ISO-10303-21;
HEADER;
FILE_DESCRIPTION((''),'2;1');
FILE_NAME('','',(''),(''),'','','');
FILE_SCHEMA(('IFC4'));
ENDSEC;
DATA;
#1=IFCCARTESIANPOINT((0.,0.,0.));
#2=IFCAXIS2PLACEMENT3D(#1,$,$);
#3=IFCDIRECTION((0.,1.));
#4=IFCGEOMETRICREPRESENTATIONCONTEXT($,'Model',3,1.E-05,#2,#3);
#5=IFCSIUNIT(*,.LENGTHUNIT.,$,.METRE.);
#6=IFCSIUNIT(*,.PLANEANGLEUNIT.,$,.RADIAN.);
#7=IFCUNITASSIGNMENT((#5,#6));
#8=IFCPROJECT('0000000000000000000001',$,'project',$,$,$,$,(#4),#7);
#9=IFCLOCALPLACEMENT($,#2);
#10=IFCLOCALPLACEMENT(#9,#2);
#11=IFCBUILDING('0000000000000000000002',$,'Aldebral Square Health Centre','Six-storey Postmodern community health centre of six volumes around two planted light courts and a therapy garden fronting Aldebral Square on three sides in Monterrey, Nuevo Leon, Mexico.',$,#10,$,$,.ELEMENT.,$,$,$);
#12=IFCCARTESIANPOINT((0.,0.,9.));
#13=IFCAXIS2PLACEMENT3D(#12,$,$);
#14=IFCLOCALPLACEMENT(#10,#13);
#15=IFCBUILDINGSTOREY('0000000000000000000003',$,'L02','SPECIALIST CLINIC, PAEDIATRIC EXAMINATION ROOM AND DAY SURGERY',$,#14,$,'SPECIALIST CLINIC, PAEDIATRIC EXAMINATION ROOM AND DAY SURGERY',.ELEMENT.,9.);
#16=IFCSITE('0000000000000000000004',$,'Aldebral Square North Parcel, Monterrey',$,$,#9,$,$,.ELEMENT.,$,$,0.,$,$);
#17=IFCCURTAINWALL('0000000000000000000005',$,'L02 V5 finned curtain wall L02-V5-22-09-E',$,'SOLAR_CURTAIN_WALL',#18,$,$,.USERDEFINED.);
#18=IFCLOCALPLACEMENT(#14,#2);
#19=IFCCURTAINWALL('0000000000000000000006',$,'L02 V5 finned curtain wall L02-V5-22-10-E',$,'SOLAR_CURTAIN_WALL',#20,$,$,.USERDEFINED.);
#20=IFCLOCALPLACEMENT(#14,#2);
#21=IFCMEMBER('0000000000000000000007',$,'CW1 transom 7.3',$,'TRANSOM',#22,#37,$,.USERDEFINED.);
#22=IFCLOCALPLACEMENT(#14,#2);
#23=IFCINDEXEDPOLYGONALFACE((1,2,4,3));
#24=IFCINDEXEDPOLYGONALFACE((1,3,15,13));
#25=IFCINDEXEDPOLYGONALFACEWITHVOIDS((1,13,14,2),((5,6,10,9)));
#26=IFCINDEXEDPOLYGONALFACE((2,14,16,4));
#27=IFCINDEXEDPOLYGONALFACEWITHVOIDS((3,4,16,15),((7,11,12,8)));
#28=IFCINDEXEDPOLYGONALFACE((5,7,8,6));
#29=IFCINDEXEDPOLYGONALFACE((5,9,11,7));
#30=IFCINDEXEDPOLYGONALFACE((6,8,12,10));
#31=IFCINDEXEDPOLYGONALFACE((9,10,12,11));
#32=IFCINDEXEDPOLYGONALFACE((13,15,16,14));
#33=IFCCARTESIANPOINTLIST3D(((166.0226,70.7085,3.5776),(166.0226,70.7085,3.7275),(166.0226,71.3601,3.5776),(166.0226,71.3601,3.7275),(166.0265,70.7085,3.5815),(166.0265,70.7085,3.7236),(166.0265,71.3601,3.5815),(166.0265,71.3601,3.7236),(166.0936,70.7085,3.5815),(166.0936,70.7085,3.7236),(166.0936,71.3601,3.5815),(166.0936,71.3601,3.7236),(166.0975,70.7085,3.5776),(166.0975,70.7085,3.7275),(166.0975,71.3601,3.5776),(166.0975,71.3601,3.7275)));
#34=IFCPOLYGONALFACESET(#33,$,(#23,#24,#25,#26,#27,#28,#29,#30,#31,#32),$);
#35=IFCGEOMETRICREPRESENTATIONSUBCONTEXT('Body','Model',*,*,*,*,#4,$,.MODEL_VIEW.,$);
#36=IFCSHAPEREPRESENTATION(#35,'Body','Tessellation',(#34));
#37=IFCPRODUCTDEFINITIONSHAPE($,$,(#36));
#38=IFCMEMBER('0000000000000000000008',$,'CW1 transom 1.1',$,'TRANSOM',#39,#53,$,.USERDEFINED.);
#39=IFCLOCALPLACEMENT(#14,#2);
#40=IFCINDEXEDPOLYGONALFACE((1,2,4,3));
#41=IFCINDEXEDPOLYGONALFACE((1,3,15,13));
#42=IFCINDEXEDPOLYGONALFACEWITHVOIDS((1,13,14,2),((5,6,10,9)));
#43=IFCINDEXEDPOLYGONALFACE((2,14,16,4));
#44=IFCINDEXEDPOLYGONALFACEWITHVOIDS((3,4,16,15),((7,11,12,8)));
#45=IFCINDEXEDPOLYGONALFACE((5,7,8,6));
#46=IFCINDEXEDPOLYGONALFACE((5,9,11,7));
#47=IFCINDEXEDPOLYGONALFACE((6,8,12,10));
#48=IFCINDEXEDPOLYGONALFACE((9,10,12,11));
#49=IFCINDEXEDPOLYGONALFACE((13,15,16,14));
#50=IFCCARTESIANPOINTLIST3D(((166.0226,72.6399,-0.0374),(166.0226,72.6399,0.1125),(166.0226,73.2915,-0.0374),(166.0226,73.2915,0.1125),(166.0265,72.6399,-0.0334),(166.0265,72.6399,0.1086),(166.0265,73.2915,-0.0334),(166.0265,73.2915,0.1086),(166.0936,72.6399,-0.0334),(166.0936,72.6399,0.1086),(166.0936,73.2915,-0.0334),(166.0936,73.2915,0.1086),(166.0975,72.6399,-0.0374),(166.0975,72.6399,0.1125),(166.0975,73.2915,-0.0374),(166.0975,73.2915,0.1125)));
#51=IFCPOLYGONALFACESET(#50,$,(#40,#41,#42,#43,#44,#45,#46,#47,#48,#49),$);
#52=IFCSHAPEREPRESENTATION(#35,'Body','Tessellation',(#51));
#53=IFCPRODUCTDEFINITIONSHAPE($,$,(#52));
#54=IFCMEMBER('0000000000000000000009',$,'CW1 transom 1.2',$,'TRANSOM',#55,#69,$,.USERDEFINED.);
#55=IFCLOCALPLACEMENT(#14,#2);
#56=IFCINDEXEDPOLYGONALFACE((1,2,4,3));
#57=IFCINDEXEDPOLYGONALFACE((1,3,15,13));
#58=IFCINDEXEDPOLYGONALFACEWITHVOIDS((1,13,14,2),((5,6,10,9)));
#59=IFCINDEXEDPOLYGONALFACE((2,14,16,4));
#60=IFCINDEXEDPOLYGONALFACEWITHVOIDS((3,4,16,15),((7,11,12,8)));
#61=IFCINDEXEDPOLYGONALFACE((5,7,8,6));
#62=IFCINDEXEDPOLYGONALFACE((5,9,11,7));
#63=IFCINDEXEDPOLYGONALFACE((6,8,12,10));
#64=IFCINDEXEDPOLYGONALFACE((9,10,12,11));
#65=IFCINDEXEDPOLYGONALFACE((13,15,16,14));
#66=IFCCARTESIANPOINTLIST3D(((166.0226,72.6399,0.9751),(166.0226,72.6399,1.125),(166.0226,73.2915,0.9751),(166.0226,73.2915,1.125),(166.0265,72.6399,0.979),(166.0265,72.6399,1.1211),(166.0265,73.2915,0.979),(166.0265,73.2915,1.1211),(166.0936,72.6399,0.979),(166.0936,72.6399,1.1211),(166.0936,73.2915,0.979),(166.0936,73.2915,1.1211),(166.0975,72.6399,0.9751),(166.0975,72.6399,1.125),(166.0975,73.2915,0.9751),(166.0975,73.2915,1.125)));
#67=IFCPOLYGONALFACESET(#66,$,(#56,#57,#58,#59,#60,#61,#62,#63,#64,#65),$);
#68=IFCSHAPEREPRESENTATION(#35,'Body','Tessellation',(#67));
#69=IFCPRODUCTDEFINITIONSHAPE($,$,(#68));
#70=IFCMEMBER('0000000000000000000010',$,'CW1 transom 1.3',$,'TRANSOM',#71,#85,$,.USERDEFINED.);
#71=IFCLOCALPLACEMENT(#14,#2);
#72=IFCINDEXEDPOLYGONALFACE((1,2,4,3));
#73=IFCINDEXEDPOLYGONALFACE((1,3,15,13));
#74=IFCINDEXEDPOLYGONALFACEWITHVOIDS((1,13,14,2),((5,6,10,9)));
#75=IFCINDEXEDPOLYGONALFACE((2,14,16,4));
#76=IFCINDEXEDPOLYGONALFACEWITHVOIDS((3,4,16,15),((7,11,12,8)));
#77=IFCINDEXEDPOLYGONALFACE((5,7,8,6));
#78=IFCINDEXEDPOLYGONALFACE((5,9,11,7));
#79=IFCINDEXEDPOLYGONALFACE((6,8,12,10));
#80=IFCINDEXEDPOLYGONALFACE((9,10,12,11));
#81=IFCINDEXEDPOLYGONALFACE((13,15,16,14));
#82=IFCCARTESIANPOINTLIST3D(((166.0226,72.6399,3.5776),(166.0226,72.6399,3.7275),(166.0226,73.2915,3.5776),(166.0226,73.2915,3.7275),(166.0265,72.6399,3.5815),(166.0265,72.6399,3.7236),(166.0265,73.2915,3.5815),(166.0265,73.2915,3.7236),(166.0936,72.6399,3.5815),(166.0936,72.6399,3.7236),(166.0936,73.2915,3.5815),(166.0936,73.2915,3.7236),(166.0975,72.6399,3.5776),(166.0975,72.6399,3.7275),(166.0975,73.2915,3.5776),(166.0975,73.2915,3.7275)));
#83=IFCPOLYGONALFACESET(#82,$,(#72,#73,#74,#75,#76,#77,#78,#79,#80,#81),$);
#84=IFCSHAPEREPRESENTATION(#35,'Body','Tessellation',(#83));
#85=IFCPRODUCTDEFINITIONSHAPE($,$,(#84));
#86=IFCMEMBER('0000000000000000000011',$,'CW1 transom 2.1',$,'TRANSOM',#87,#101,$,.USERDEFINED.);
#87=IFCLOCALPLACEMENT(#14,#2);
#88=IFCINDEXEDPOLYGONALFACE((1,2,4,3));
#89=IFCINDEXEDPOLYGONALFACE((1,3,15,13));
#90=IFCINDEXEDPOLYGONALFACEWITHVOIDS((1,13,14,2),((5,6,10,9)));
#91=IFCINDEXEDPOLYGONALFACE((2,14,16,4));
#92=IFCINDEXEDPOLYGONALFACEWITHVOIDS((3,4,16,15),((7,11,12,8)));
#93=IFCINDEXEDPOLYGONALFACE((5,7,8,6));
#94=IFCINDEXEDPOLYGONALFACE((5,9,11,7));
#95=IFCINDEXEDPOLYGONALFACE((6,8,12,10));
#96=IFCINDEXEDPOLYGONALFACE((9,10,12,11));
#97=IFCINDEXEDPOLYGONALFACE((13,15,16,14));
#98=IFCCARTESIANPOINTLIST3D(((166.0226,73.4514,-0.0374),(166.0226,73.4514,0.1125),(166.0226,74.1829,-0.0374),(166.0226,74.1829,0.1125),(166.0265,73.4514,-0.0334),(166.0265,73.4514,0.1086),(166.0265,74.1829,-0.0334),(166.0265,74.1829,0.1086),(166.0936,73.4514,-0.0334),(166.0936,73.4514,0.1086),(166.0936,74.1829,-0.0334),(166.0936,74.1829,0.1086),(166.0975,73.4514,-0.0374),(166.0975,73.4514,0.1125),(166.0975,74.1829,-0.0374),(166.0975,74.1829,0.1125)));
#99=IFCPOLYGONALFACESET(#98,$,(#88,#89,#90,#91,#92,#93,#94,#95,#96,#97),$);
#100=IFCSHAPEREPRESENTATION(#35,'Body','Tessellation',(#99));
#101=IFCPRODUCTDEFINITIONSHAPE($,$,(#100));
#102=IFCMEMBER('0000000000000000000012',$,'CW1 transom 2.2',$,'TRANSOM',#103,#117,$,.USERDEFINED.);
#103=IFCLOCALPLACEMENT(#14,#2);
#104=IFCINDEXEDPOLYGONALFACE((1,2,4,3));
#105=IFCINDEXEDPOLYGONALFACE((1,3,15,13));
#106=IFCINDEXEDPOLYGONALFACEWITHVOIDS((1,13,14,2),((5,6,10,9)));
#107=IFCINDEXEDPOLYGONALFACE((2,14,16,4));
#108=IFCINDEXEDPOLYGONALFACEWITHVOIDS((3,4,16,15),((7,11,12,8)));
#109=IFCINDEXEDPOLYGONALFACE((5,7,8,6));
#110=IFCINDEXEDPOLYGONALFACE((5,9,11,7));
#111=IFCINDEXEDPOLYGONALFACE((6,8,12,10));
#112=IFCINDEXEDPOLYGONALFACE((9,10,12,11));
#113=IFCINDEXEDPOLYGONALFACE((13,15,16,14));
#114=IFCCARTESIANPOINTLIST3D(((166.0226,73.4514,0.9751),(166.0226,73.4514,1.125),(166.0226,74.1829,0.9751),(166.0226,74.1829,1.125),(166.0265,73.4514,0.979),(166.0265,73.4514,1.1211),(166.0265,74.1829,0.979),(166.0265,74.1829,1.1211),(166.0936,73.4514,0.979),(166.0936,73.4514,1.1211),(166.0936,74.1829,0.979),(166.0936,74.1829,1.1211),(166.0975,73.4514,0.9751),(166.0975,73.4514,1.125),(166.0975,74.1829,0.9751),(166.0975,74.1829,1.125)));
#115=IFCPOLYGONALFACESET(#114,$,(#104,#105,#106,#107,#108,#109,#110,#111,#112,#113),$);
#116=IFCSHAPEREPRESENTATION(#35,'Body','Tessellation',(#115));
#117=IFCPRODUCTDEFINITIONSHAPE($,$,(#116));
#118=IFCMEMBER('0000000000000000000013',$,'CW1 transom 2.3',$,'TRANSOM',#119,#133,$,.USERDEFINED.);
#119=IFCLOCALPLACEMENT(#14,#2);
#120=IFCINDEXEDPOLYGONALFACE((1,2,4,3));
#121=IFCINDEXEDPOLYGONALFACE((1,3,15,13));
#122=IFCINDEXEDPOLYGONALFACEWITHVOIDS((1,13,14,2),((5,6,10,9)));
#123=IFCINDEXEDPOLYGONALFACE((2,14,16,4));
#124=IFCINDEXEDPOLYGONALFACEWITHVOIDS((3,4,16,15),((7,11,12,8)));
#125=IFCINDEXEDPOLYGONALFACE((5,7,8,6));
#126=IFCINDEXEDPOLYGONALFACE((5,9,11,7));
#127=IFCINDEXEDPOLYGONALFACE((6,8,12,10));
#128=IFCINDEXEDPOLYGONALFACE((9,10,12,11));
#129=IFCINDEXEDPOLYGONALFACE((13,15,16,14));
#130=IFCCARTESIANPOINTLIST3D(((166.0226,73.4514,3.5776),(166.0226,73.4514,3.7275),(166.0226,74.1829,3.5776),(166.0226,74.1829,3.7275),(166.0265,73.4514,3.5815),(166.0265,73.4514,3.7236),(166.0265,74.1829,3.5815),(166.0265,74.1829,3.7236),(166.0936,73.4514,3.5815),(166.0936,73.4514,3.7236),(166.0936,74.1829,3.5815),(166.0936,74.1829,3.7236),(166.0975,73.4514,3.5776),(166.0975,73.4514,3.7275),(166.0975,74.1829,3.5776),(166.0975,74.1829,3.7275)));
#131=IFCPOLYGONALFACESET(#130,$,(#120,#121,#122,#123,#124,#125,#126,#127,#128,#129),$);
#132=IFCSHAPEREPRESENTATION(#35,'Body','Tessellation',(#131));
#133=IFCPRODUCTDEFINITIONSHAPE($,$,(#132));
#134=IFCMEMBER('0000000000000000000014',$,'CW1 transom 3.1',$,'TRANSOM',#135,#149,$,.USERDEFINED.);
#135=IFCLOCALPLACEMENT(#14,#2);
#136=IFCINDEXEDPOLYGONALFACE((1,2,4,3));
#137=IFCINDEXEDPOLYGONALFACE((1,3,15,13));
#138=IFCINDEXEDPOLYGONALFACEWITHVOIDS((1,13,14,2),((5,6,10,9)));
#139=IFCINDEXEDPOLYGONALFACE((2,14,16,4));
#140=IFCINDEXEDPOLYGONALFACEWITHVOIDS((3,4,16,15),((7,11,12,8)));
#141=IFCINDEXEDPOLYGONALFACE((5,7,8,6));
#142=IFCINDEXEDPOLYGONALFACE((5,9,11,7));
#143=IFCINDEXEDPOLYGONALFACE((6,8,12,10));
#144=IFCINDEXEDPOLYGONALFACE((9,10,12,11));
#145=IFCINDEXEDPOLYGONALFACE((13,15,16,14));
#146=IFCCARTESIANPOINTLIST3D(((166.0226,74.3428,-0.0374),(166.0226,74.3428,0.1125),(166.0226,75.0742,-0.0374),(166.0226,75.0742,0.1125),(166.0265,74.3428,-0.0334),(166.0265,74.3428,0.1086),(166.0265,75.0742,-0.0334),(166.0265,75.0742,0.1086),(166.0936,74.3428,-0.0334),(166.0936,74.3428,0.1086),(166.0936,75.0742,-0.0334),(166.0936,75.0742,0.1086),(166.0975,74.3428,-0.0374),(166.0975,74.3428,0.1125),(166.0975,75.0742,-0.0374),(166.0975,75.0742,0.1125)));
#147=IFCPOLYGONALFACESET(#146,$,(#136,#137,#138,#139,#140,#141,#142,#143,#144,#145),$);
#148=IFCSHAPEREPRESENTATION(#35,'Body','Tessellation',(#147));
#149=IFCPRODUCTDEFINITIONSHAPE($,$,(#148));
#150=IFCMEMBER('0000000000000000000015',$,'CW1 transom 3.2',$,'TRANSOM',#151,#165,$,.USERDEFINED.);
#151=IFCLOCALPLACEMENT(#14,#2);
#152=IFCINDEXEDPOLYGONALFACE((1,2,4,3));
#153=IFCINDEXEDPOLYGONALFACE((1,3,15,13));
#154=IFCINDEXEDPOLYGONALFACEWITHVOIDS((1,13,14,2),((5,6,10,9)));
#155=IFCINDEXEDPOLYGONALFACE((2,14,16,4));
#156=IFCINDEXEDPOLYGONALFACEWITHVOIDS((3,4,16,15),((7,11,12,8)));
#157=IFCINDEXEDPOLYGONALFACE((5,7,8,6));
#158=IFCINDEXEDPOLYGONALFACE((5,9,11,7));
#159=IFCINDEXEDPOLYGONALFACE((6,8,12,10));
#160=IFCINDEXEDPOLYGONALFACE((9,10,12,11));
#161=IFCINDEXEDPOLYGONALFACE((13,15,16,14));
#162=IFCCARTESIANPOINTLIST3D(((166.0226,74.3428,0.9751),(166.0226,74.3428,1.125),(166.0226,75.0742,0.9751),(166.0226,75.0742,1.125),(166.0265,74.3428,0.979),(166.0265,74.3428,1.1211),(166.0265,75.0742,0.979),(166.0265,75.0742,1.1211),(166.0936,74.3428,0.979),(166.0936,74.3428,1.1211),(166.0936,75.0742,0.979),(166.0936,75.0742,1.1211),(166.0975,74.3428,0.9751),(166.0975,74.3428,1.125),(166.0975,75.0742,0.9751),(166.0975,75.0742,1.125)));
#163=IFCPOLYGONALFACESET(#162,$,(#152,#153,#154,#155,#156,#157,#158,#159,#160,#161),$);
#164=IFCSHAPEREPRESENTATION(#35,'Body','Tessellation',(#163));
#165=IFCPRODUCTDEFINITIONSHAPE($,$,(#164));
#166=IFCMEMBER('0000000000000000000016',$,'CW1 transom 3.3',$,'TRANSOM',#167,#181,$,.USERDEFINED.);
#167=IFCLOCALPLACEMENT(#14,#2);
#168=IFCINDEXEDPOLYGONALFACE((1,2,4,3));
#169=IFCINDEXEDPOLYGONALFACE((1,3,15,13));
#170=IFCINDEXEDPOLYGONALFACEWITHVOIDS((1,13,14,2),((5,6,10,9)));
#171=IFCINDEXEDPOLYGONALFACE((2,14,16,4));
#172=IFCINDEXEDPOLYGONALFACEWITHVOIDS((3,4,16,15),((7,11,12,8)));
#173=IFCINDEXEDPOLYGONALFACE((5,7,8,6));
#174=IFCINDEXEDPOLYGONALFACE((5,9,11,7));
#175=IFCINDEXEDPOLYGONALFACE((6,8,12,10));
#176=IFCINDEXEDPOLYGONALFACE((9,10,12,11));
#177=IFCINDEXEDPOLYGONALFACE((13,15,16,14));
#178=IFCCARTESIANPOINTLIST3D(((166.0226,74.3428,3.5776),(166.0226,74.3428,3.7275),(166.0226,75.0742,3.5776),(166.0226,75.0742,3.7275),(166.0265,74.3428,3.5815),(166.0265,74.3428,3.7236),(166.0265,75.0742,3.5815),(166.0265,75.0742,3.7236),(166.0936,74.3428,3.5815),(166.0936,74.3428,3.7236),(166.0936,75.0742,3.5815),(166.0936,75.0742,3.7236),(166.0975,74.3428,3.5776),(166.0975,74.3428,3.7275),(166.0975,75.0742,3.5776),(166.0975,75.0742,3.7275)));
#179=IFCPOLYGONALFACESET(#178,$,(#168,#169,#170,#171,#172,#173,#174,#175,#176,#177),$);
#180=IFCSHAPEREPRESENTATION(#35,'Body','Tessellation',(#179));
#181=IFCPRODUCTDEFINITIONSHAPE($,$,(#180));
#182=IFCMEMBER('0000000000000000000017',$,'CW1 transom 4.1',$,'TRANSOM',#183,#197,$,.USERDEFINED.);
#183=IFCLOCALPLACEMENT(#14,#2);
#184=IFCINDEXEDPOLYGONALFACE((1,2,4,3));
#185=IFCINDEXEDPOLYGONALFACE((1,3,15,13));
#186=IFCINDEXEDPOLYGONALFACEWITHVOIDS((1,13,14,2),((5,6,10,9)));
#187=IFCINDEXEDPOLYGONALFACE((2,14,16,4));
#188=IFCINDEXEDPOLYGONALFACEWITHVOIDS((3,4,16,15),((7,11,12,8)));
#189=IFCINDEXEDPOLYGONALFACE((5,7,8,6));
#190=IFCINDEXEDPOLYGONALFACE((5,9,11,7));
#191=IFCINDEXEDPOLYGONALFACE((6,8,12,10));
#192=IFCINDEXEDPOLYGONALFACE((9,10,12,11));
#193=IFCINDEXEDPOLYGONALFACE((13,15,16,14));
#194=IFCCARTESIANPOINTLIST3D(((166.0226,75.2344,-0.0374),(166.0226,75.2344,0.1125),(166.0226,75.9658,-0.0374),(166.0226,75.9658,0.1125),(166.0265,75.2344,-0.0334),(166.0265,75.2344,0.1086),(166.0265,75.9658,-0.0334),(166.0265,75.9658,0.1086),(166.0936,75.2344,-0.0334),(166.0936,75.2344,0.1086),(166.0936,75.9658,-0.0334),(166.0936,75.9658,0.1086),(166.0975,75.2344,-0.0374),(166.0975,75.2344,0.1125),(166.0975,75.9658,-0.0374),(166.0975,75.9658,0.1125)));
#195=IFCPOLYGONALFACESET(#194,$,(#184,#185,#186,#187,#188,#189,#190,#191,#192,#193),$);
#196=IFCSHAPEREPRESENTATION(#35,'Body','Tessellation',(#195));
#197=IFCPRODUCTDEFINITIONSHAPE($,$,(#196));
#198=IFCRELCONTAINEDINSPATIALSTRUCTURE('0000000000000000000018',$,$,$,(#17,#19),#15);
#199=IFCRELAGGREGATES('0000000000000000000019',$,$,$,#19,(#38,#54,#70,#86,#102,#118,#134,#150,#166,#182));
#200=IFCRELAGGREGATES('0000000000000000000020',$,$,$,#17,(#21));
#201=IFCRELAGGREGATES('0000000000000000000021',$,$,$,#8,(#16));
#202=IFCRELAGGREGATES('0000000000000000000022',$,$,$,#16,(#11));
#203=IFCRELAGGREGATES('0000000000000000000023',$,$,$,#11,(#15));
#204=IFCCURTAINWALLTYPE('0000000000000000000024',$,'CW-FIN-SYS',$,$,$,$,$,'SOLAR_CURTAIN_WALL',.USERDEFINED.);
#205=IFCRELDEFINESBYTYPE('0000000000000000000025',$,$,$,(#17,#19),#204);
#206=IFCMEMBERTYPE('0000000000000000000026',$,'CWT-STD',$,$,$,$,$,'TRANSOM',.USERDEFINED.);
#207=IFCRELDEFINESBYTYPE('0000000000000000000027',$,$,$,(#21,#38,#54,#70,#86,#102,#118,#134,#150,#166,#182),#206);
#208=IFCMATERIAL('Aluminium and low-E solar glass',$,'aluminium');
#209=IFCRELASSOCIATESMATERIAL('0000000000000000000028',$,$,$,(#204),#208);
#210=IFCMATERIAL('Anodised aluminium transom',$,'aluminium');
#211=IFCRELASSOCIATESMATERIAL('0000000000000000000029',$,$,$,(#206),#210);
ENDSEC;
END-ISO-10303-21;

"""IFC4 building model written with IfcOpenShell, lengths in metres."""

from ifc_helpers import new_model, si_unit, direction, frame, origin, origin_2d, place, context, subcontext, project, spatial, hollow_rectangle, extrude, material, material_profile, profile_set, type_object, element, aggregate, save


model = new_model("IFC4")

# Units and contexts
model_context = context("Model", 3, precision=1e-05, world=origin(), true_north=direction((0.0, 1.0)))
body_context = subcontext(model_context, "Body", "Model", "MODEL_VIEW")
ifc_project = project(units=[si_unit("LENGTHUNIT", "METRE"), si_unit("PLANEANGLEUNIT", "RADIAN")], contexts=[model_context])

# Site, building, storey
site_placement = place(None, origin())
site = spatial("IfcSite", under=ifc_project, at=site_placement, Name="Aldebral Square North Parcel, Monterrey", CompositionType="ELEMENT", RefElevation=0.0)
building_placement = place(site_placement, origin())
building = spatial("IfcBuilding", under=site, at=building_placement, Name="Aldebral Square Health Centre", Description="Six-storey Postmodern community health centre of six volumes around two planted light courts and a therapy garden fronting Aldebral Square on three sides in Monterrey, Nuevo Leon, Mexico.", CompositionType="ELEMENT")
storey_placement = place(building_placement, frame((0.0, 0.0, 9.0)))
storey = spatial("IfcBuildingStorey", under=building, at=storey_placement, Name="L02", Description="SPECIALIST CLINIC, PAEDIATRIC EXAMINATION ROOM AND DAY SURGERY", LongName="SPECIALIST CLINIC, PAEDIATRIC EXAMINATION ROOM AND DAY SURGERY", CompositionType="ELEMENT", Elevation=9.0)

# Curtain walls
ifc_material_1 = material(Name="Aluminium and low-E solar glass", Category="aluminium")
curtain_wall_type = type_object("IfcCurtainWallType", Name="CW-FIN-SYS", ElementType="SOLAR_CURTAIN_WALL", PredefinedType="USERDEFINED", material=ifc_material_1)
curtain_wall_1_placement = place(storey_placement, origin())
curtain_wall_1 = element("IfcCurtainWall", 1, at=curtain_wall_1_placement, inside=storey, type_object=curtain_wall_type, Name="L02 V5 finned curtain wall L02-V5-22-09-E", ObjectType="SOLAR_CURTAIN_WALL", PredefinedType="USERDEFINED")
curtain_wall_2_placement = place(storey_placement, origin())
curtain_wall_2 = element("IfcCurtainWall", 2, at=curtain_wall_2_placement, inside=storey, type_object=curtain_wall_type, Name="L02 V5 finned curtain wall L02-V5-22-10-E", ObjectType="SOLAR_CURTAIN_WALL", PredefinedType="USERDEFINED")

# Members
ifc_material_2 = material(Name="Anodised aluminium transom", Category="aluminium")
ifc_material_profile_1 = material_profile(ifc_material_2, hollow_rectangle(XDim=0.075, YDim=0.1499, WallThickness=0.0039, at=origin_2d()), Name="CWT 75x150x4")
ifc_profile_set_1 = profile_set([ifc_material_profile_1], Name="Anodised aluminium transom")
member_type_1 = type_object("IfcMemberType", Name="CWT-STD", ElementType="TRANSOM", PredefinedType="USERDEFINED", material=ifc_profile_set_1)
member_1_placement = place(storey_placement, frame((166.0601, 70.7085, 3.6526), z_axis=(0.0, 1.0, 0.0), x_axis=(-1.0, 0.0, 0.0)))
member_1 = element("IfcMember", 3, at=member_1_placement, type_object=member_type_1, Name="CW1 transom 7.3", ObjectType="TRANSOM", PredefinedType="USERDEFINED", context=body_context, shape_type="SweptSolid", body=[
    extrude(hollow_rectangle(XDim=0.075, YDim=0.1499, WallThickness=0.0039, at=origin_2d()), origin(), (0.0, 0.0, 1.0), 0.6516),
])
member_2_placement = place(storey_placement, frame((166.0601, 72.6399, 0.0376), z_axis=(0.0, 1.0, 0.0), x_axis=(-1.0, 0.0, 0.0)))
member_2 = element("IfcMember", 4, at=member_2_placement, type_object=member_type_1, Name="CW1 transom 1.1", ObjectType="TRANSOM", PredefinedType="USERDEFINED", context=body_context, shape_type="SweptSolid", body=[
    extrude(hollow_rectangle(XDim=0.075, YDim=0.1499, WallThickness=0.0039, at=origin_2d()), origin(), (0.0, 0.0, 1.0), 0.6516),
])
member_3_placement = place(storey_placement, frame((166.0601, 72.6399, 1.05), z_axis=(0.0, 1.0, 0.0), x_axis=(-1.0, 0.0, 0.0)))
member_3 = element("IfcMember", 5, at=member_3_placement, type_object=member_type_1, Name="CW1 transom 1.2", ObjectType="TRANSOM", PredefinedType="USERDEFINED", context=body_context, shape_type="SweptSolid", body=[
    extrude(hollow_rectangle(XDim=0.075, YDim=0.1499, WallThickness=0.0039, at=origin_2d()), origin(), (0.0, 0.0, 1.0), 0.6516),
])
member_4_placement = place(storey_placement, frame((166.0601, 72.6399, 3.6526), z_axis=(0.0, 1.0, 0.0), x_axis=(-1.0, 0.0, 0.0)))
member_4 = element("IfcMember", 6, at=member_4_placement, type_object=member_type_1, Name="CW1 transom 1.3", ObjectType="TRANSOM", PredefinedType="USERDEFINED", context=body_context, shape_type="SweptSolid", body=[
    extrude(hollow_rectangle(XDim=0.075, YDim=0.1499, WallThickness=0.0039, at=origin_2d()), origin(), (0.0, 0.0, 1.0), 0.6516),
])
member_5_placement = place(storey_placement, frame((166.0601, 73.4514, 0.0376), z_axis=(0.0, 1.0, 0.0), x_axis=(-1.0, 0.0, 0.0)))
member_5 = element("IfcMember", 7, at=member_5_placement, type_object=member_type_1, Name="CW1 transom 2.1", ObjectType="TRANSOM", PredefinedType="USERDEFINED", context=body_context, shape_type="SweptSolid", body=[
    extrude(hollow_rectangle(XDim=0.075, YDim=0.1499, WallThickness=0.0039, at=origin_2d()), origin(), (0.0, 0.0, 1.0), 0.7314),
])
member_6_placement = place(storey_placement, frame((166.0601, 73.4514, 1.05), z_axis=(0.0, 1.0, 0.0), x_axis=(-1.0, 0.0, 0.0)))
member_6 = element("IfcMember", 8, at=member_6_placement, type_object=member_type_1, Name="CW1 transom 2.2", ObjectType="TRANSOM", PredefinedType="USERDEFINED", context=body_context, shape_type="SweptSolid", body=[
    extrude(hollow_rectangle(XDim=0.075, YDim=0.1499, WallThickness=0.0039, at=origin_2d()), origin(), (0.0, 0.0, 1.0), 0.7314),
])
member_7_placement = place(storey_placement, frame((166.0601, 73.4514, 3.6526), z_axis=(0.0, 1.0, 0.0), x_axis=(-1.0, 0.0, 0.0)))
member_7 = element("IfcMember", 9, at=member_7_placement, type_object=member_type_1, Name="CW1 transom 2.3", ObjectType="TRANSOM", PredefinedType="USERDEFINED", context=body_context, shape_type="SweptSolid", body=[
    extrude(hollow_rectangle(XDim=0.075, YDim=0.1499, WallThickness=0.0039, at=origin_2d()), origin(), (0.0, 0.0, 1.0), 0.7314),
])
member_8_placement = place(storey_placement, frame((166.0601, 74.3428, 0.0376), z_axis=(0.0, 1.0, 0.0), x_axis=(-1.0, 0.0, 0.0)))
member_8 = element("IfcMember", 10, at=member_8_placement, type_object=member_type_1, Name="CW1 transom 3.1", ObjectType="TRANSOM", PredefinedType="USERDEFINED", context=body_context, shape_type="SweptSolid", body=[
    extrude(hollow_rectangle(XDim=0.075, YDim=0.1499, WallThickness=0.0039, at=origin_2d()), origin(), (0.0, 0.0, 1.0), 0.7314),
])
member_9_placement = place(storey_placement, frame((166.0601, 74.3428, 1.05), z_axis=(0.0, 1.0, 0.0), x_axis=(-1.0, 0.0, 0.0)))
member_9 = element("IfcMember", 11, at=member_9_placement, type_object=member_type_1, Name="CW1 transom 3.2", ObjectType="TRANSOM", PredefinedType="USERDEFINED", context=body_context, shape_type="SweptSolid", body=[
    extrude(hollow_rectangle(XDim=0.075, YDim=0.1499, WallThickness=0.0039, at=origin_2d()), origin(), (0.0, 0.0, 1.0), 0.7314),
])
member_10_placement = place(storey_placement, frame((166.0601, 74.3428, 3.6526), z_axis=(0.0, 1.0, 0.0), x_axis=(-1.0, 0.0, 0.0)))
member_10 = element("IfcMember", 12, at=member_10_placement, type_object=member_type_1, Name="CW1 transom 3.3", ObjectType="TRANSOM", PredefinedType="USERDEFINED", context=body_context, shape_type="SweptSolid", body=[
    extrude(hollow_rectangle(XDim=0.075, YDim=0.1499, WallThickness=0.0039, at=origin_2d()), origin(), (0.0, 0.0, 1.0), 0.7314),
])
member_11_placement = place(storey_placement, frame((166.0601, 75.2344, 0.0376), z_axis=(0.0, 1.0, 0.0), x_axis=(-1.0, 0.0, 0.0)))
member_11 = element("IfcMember", 13, at=member_11_placement, type_object=member_type_1, Name="CW1 transom 4.1", ObjectType="TRANSOM", PredefinedType="USERDEFINED", context=body_context, shape_type="SweptSolid", body=[
    extrude(hollow_rectangle(XDim=0.075, YDim=0.1499, WallThickness=0.0039, at=origin_2d()), origin(), (0.0, 0.0, 1.0), 0.7314),
])

aggregate(curtain_wall_2, [member_2, member_3, member_4, member_5, member_6, member_7, member_8, member_9, member_10, member_11])
aggregate(curtain_wall_1, [member_1])

save(model, "model.ifc")
